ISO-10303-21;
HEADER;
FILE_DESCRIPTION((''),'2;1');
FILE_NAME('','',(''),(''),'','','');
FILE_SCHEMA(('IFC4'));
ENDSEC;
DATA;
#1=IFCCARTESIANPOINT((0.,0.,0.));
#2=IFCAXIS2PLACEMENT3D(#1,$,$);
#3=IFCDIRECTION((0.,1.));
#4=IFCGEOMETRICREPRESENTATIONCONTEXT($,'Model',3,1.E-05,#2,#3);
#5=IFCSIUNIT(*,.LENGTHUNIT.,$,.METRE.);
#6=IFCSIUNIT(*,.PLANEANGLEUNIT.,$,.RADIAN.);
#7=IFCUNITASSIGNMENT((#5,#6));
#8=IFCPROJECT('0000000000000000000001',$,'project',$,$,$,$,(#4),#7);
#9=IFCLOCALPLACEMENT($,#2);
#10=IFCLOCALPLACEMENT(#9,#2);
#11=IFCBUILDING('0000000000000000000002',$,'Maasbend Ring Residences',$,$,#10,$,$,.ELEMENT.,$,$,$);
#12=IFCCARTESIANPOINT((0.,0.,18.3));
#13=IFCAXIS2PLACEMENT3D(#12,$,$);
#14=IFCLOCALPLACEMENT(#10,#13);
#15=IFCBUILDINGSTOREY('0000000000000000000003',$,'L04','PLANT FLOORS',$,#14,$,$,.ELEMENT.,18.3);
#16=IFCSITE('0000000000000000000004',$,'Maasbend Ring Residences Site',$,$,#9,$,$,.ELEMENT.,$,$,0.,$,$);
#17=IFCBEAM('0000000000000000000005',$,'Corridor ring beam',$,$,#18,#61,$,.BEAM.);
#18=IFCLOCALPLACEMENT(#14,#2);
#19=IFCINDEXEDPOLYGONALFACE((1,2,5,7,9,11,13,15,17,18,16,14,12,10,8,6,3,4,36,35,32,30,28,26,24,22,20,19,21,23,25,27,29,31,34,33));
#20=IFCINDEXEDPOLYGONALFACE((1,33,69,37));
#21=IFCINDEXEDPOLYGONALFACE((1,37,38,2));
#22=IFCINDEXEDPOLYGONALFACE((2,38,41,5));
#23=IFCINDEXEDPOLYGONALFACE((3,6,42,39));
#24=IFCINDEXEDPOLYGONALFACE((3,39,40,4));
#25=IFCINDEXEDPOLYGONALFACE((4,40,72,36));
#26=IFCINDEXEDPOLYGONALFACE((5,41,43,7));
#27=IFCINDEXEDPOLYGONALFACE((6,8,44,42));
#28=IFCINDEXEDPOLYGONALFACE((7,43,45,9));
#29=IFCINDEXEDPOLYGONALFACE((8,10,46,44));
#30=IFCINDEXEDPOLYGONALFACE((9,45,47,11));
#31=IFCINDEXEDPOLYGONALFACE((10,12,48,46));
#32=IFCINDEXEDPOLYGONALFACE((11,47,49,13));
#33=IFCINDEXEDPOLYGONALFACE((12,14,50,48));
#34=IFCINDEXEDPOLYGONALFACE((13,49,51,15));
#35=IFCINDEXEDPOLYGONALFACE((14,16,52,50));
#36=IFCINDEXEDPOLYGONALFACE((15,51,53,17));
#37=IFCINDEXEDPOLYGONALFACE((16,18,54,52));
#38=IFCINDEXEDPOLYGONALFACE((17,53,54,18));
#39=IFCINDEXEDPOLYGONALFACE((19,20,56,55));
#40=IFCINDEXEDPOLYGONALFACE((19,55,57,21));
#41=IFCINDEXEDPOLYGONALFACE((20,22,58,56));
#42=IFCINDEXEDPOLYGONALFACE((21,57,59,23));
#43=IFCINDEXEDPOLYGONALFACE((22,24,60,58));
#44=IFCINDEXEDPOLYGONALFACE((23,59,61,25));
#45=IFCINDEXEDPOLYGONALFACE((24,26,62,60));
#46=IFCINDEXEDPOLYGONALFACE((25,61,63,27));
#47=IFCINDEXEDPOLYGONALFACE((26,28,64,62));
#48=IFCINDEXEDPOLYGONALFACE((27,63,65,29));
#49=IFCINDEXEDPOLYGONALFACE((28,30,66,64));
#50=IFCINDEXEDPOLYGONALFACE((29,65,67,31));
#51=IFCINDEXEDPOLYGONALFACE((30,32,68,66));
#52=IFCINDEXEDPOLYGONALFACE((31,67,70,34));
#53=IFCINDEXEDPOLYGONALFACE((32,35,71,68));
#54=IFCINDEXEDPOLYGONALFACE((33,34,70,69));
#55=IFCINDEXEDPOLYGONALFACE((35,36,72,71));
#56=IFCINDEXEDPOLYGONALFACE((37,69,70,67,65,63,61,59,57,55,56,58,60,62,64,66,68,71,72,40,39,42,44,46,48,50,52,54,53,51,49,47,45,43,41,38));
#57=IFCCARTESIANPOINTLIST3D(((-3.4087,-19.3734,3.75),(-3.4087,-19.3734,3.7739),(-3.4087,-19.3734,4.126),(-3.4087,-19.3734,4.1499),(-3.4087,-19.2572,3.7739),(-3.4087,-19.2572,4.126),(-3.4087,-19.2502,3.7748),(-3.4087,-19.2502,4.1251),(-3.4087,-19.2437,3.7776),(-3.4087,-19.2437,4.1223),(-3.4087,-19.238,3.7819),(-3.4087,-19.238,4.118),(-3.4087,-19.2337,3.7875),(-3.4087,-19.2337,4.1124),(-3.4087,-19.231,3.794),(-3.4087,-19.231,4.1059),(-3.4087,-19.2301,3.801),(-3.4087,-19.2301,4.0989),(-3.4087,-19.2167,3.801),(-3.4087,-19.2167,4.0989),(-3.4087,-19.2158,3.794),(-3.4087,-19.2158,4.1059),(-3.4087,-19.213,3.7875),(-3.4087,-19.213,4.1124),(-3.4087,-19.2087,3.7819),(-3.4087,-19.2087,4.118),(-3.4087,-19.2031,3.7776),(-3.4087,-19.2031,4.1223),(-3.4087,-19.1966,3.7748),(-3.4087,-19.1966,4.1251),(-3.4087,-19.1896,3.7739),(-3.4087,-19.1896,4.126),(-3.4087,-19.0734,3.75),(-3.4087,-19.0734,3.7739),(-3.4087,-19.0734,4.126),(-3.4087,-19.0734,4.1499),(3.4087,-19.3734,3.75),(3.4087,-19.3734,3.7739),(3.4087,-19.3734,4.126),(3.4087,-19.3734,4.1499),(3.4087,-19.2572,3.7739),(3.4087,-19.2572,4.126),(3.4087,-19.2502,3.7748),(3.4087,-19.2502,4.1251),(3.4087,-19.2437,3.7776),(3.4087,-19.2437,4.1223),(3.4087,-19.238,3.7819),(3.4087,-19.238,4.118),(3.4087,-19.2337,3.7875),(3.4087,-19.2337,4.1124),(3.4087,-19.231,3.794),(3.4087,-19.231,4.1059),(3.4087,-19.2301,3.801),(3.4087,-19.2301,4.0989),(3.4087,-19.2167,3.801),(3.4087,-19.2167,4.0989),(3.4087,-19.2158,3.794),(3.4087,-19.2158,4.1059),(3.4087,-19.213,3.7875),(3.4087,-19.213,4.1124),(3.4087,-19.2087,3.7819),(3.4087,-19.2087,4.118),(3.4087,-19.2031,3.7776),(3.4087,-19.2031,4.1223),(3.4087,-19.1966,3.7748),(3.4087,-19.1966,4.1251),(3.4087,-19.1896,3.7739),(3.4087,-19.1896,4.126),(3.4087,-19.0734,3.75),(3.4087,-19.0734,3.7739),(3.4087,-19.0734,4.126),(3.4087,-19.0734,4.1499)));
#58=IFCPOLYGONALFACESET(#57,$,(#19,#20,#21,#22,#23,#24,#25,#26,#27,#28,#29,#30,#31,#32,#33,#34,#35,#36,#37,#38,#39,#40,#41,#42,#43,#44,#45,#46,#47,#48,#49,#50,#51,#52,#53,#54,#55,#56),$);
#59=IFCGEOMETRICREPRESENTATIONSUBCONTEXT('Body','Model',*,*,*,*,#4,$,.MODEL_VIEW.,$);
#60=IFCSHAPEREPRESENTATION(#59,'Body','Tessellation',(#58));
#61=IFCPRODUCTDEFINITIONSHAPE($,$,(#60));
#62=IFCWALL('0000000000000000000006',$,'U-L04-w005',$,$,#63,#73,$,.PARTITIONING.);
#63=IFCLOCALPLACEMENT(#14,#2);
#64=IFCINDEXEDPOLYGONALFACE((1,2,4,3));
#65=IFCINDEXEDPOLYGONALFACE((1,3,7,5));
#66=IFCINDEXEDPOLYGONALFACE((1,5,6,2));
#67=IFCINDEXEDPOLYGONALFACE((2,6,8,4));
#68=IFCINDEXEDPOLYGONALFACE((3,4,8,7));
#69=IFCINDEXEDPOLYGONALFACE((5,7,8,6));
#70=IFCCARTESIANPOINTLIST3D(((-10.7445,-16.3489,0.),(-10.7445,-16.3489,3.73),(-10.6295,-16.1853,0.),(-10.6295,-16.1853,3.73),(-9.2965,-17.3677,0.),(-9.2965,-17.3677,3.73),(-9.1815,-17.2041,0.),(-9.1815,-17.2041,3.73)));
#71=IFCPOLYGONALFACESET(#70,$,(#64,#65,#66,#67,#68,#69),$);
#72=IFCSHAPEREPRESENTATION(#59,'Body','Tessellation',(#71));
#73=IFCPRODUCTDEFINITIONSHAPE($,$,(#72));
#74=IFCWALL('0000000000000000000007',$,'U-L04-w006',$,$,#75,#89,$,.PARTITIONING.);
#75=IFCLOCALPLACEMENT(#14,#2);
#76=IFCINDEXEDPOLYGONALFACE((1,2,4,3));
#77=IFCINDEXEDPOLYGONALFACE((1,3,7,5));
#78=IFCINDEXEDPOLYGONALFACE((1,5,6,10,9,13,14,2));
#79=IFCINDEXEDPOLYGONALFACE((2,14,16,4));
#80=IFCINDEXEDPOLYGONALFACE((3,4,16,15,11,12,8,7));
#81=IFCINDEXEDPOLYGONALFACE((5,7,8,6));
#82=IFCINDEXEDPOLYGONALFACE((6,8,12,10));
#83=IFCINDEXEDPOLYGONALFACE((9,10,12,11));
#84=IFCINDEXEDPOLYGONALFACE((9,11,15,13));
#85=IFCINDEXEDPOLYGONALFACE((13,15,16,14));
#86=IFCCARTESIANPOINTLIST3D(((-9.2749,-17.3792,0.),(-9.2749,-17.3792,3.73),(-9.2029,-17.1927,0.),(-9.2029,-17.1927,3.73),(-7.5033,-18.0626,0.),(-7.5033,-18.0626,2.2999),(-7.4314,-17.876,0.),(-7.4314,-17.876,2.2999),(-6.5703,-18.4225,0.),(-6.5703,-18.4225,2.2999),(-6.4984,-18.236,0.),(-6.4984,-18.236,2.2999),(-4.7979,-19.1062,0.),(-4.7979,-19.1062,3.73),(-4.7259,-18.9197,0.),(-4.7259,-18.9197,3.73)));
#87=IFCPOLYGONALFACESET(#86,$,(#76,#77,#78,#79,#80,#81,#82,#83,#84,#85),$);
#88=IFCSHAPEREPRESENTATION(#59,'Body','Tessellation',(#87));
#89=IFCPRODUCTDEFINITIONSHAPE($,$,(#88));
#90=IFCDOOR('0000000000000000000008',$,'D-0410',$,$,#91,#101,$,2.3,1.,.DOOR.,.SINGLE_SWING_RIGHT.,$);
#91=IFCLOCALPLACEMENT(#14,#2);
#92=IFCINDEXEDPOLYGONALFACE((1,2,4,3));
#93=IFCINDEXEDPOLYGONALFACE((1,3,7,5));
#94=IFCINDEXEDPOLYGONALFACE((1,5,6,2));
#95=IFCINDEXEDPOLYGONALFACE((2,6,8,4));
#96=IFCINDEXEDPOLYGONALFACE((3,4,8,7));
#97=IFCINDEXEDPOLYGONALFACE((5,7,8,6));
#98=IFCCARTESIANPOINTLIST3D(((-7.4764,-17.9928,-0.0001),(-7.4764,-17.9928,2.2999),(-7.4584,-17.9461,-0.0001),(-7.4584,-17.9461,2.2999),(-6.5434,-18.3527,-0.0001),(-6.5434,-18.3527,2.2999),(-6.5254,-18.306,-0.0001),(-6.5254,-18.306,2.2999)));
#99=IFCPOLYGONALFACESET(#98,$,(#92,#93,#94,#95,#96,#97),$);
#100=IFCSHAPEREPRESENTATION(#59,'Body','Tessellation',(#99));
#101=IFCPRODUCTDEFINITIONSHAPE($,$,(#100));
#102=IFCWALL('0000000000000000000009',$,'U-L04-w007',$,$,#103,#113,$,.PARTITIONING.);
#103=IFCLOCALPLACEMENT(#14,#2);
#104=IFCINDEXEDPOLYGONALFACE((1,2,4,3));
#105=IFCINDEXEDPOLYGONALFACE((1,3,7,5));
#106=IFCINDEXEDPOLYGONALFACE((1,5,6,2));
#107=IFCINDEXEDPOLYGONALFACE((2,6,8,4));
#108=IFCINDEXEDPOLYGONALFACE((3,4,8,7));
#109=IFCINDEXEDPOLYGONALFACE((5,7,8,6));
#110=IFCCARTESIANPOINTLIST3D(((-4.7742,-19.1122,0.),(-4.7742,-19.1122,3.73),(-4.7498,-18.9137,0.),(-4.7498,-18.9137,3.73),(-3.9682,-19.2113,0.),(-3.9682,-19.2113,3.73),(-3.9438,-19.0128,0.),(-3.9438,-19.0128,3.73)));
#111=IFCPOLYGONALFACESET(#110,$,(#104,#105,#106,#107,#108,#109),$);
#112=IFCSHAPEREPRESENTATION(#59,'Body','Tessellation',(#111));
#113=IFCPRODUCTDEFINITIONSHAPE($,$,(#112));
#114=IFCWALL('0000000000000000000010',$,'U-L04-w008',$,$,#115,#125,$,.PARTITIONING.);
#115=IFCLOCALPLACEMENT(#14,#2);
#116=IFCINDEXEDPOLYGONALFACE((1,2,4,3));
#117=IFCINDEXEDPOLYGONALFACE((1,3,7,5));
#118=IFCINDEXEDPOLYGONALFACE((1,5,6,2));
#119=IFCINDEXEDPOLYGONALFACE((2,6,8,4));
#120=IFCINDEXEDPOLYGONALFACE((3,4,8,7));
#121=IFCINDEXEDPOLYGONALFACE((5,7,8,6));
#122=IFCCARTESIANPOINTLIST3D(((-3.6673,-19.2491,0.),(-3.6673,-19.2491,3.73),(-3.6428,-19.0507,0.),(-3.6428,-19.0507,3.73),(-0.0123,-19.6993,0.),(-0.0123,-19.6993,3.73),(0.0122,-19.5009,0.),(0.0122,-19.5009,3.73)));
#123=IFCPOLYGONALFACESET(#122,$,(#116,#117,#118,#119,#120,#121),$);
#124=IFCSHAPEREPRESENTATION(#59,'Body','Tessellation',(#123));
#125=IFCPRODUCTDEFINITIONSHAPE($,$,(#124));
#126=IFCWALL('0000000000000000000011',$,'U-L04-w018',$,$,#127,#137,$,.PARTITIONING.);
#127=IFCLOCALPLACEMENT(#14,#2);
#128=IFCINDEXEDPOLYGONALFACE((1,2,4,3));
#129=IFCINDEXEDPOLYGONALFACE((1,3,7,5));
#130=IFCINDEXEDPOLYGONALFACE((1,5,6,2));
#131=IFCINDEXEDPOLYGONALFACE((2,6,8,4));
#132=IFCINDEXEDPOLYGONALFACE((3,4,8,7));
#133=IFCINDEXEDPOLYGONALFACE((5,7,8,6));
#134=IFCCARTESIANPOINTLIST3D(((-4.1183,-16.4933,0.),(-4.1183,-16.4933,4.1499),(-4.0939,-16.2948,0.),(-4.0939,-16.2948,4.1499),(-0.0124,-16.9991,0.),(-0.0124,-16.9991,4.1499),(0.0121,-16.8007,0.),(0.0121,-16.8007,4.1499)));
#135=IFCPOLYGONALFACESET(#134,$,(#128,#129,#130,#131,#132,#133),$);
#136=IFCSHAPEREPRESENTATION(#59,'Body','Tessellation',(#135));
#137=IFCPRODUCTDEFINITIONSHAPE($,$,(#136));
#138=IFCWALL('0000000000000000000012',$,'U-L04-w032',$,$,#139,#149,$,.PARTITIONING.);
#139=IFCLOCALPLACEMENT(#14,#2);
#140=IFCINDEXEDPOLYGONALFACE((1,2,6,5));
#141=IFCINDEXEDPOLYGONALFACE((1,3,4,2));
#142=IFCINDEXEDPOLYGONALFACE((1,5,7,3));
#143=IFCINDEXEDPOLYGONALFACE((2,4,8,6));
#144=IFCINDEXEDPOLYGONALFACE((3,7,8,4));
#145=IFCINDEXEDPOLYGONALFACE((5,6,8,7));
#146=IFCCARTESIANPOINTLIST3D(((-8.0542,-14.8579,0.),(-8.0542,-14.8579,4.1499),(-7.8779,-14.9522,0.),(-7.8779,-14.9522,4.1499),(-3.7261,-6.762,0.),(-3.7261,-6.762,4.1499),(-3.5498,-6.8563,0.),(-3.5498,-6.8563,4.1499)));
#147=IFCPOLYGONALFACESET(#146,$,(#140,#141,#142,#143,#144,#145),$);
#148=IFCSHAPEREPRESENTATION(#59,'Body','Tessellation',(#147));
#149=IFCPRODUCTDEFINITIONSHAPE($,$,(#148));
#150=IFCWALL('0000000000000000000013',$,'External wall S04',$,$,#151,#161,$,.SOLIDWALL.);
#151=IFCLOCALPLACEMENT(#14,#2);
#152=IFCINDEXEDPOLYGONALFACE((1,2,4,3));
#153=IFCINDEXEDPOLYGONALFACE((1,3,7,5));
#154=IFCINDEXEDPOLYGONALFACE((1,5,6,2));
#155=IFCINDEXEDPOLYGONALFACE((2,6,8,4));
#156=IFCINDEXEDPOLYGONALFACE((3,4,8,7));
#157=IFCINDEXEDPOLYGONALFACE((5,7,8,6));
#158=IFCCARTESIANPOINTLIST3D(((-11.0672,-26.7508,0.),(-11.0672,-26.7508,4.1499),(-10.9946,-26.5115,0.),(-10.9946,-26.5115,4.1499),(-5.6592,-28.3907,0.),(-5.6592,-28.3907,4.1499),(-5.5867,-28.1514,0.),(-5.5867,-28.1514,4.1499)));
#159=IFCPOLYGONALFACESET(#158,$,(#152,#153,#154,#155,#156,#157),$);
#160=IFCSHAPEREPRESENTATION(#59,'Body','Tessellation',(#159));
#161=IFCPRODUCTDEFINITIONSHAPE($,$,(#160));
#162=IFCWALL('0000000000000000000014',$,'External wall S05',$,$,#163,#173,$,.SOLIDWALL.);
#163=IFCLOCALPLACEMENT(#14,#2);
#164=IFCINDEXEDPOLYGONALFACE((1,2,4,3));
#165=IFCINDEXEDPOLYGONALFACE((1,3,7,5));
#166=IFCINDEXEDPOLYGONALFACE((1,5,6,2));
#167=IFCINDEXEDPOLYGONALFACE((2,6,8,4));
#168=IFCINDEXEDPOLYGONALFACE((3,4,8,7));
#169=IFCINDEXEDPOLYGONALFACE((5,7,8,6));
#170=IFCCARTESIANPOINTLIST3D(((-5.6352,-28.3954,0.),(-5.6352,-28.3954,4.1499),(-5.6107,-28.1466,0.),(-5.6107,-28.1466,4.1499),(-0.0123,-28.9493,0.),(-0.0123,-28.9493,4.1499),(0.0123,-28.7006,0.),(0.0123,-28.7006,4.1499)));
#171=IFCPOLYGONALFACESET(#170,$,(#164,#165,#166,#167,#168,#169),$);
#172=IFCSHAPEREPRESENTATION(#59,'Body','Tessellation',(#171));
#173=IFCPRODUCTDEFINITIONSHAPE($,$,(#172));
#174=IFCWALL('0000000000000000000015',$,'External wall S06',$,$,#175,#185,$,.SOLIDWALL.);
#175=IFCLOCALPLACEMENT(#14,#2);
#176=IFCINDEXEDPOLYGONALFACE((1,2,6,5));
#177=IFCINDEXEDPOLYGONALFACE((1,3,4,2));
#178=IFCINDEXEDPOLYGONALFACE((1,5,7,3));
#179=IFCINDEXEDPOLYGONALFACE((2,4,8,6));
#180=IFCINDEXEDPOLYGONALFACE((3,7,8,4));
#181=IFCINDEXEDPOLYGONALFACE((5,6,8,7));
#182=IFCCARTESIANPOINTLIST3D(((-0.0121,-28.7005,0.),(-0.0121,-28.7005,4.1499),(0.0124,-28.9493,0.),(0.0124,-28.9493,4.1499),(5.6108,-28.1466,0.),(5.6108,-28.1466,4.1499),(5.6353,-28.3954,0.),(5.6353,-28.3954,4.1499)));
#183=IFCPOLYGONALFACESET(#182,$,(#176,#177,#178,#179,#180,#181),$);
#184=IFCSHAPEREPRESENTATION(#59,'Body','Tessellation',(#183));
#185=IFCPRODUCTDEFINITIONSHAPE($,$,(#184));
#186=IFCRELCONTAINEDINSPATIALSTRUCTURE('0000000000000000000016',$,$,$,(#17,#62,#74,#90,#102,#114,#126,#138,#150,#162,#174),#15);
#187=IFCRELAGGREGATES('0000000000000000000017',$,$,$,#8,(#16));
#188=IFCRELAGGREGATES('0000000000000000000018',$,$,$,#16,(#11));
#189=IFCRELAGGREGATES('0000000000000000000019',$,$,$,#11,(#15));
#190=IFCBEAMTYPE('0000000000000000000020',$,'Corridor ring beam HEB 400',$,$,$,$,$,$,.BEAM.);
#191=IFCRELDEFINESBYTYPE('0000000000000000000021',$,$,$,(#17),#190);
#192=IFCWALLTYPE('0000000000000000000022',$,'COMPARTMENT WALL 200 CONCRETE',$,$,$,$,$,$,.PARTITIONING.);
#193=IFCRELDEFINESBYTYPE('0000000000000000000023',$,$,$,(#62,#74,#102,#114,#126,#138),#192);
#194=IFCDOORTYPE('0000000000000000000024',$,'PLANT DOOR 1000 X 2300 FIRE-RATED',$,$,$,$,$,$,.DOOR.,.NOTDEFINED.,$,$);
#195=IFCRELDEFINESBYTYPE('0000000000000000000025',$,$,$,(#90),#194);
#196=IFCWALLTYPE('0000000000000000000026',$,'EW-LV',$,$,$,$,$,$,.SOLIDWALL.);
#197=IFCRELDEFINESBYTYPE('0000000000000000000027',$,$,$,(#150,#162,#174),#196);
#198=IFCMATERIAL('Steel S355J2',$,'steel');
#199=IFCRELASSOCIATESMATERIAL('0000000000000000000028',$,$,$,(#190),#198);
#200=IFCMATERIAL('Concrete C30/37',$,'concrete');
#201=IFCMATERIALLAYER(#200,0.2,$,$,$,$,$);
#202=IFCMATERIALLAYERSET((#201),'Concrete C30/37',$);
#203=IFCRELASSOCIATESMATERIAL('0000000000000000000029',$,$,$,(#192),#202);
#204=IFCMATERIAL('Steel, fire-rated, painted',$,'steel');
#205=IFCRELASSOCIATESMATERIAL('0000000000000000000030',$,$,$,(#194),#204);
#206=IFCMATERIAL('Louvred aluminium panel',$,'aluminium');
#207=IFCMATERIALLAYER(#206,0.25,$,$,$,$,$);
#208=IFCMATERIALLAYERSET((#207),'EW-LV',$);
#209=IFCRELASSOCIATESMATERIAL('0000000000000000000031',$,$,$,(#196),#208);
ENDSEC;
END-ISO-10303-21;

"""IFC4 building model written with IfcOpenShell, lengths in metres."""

from ifc_helpers import new_model, si_unit, direction, frame, frame_2d, origin, origin_2d, place, context, subcontext, project, spatial, rectangle, i_section, extrude, material, layer, layer_set, material_profile, profile_set, type_object, element, fill, save


model = new_model("IFC4")

# Units and contexts
model_context = context("Model", 3, precision=1e-05, world=origin(), true_north=direction((0.0, 1.0)))
body_context = subcontext(model_context, "Body", "Model", "MODEL_VIEW")
ifc_project = project(units=[si_unit("LENGTHUNIT", "METRE"), si_unit("PLANEANGLEUNIT", "RADIAN")], contexts=[model_context])

# Site, building, storey
site_placement = place(None, origin())
site = spatial("IfcSite", under=ifc_project, at=site_placement, Name="Maasbend Ring Residences Site", CompositionType="ELEMENT", RefElevation=0.0)
building_placement = place(site_placement, origin())
building = spatial("IfcBuilding", under=site, at=building_placement, Name="Maasbend Ring Residences", CompositionType="ELEMENT")
storey_placement = place(building_placement, frame((0.0, 0.0, 18.3)))
storey = spatial("IfcBuildingStorey", under=building, at=storey_placement, Name="L04", Description="PLANT FLOORS", CompositionType="ELEMENT", Elevation=18.3)

# Beam
ifc_material_1 = material(Name="Steel S355J2", Category="steel")
ifc_material_profile_1 = material_profile(ifc_material_1, i_section(OverallWidth=0.3, OverallDepth=0.3999, WebThickness=0.0134, FlangeThickness=0.0239, FilletRadius=0.0271, at=origin_2d()), Name="HEB 400")
ifc_profile_set_1 = profile_set([ifc_material_profile_1], Name="Steel S355J2")
beam_type_1 = type_object("IfcBeamType", Name="Corridor ring beam HEB 400", PredefinedType="BEAM", material=ifc_profile_set_1)
beam_1_placement = place(storey_placement, frame((-3.4087, -19.2234, 3.95), z_axis=(1.0, 0.0, 0.0), x_axis=(0.0, 1.0, 0.0)))
element("IfcBeam", 1, at=beam_1_placement, inside=storey, type_object=beam_type_1, Name="Corridor ring beam", PredefinedType="BEAM", context=body_context, shape_type="SweptSolid", body=[
    extrude(i_section(OverallWidth=0.3, OverallDepth=0.3999, WebThickness=0.0134, FlangeThickness=0.0239, FilletRadius=0.0271, at=origin_2d()), origin(), (0.0, 0.0, 1.0), 6.8174),
])

# Wall
ifc_material_2 = material(Name="Concrete C30/37", Category="concrete")
ifc_layer_1 = layer(ifc_material_2, 0.2)
ifc_layer_set_1 = layer_set([ifc_layer_1], Name="Concrete C30/37")
wall_type_1 = type_object("IfcWallType", Name="COMPARTMENT WALL 200 CONCRETE", PredefinedType="PARTITIONING", material=ifc_layer_set_1)
wall_1_placement = place(storey_placement, frame((-10.687, -16.2671, 0.0), z_axis=(0.0, 0.0, 1.0), x_axis=(0.81785, -0.575432, 0.0)))
element("IfcWall", 2, at=wall_1_placement, inside=storey, type_object=wall_type_1, Name="U-L04-w005", PredefinedType="PARTITIONING", context=body_context, shape_type="SweptSolid", body=[
    extrude(rectangle(XDim=1.7705, YDim=0.2, at=frame_2d((0.8853, 0.0))), origin(), (0.0, 0.0, 1.0), 3.73),
])

# Wall, opening, door
wall_2_placement = place(storey_placement, frame((-9.239, -17.2859, 0.0), z_axis=(0.0, 0.0, 1.0), x_axis=(0.932988, -0.359906, 0.0)))
wall_2 = element("IfcWall", 3, at=wall_2_placement, inside=storey, type_object=wall_type_1, Name="U-L04-w006", PredefinedType="PARTITIONING", context=body_context, shape_type="SweptSolid", body=[
    extrude(rectangle(XDim=4.7986, YDim=0.2, at=frame_2d((2.3994, 0.0))), origin(), (0.0, 0.0, 1.0), 3.73),
])
opening_placement = place(wall_2_placement, frame((1.8989, 0.0, 0.0)))
opening = element("IfcOpeningElement", 4, at=opening_placement, cuts=wall_2, PredefinedType="OPENING", context=body_context, shape_type="SweptSolid", body=[
    extrude(rectangle(XDim=1.0, YDim=2.3, at=frame_2d((0.5, 1.1499))), frame((0.0, 0.1099, 0.0), z_axis=(0.0, -1.0, 0.0), x_axis=(1.0, 0.0, 0.0)), (0.0, 0.0, 1.0), 0.22),
])
ifc_material_3 = material(Name="Steel, fire-rated, painted", Category="steel")
door_type = type_object("IfcDoorType", Name="PLANT DOOR 1000 X 2300 FIRE-RATED", OperationType="NOTDEFINED", PredefinedType="DOOR", material=ifc_material_3)
door_placement = place(opening_placement, origin())
door = element("IfcDoor", 5, at=door_placement, inside=storey, type_object=door_type, Name="D-0410", OperationType="SINGLE_SWING_RIGHT", OverallHeight=2.3, OverallWidth=1.0, PredefinedType="DOOR", context=body_context, shape_type="SweptSolid", body=[
    extrude(rectangle(XDim=1.0, YDim=2.3, at=frame_2d((0.5, 1.1499))), frame((0.0, 0.0249, 0.0), z_axis=(0.0, -1.0, 0.0), x_axis=(1.0, 0.0, 0.0)), (0.0, 0.0, 1.0), 0.05),
])
fill(opening, door)

# Walls
wall_3_placement = place(storey_placement, frame((-4.762, -19.0129, 0.0), z_axis=(0.0, 0.0, 1.0), x_axis=(0.992521, -0.122073, 0.0)))
element("IfcWall", 6, at=wall_3_placement, inside=storey, type_object=wall_type_1, Name="U-L04-w007", PredefinedType="PARTITIONING", context=body_context, shape_type="SweptSolid", body=[
    extrude(rectangle(XDim=0.812, YDim=0.2, at=frame_2d((0.406, 0.0))), origin(), (0.0, 0.0, 1.0), 3.73),
])
wall_4_placement = place(storey_placement, frame((-3.655, -19.1499, 0.0), z_axis=(0.0, 0.0, 1.0), x_axis=(0.9925, -0.122248, 0.0)))
element("IfcWall", 7, at=wall_4_placement, inside=storey, type_object=wall_type_1, Name="U-L04-w008", PredefinedType="PARTITIONING", context=body_context, shape_type="SweptSolid", body=[
    extrude(rectangle(XDim=3.6826, YDim=0.2, at=frame_2d((1.8413, 0.0))), origin(), (0.0, 0.0, 1.0), 3.73),
])
wall_5_placement = place(storey_placement, frame((-4.106, -16.394, 0.0), z_axis=(0.0, 0.0, 1.0), x_axis=(0.992496, -0.122277, 0.0)))
element("IfcWall", 8, at=wall_5_placement, inside=storey, type_object=wall_type_1, Name="U-L04-w018", PredefinedType="PARTITIONING", context=body_context, shape_type="SweptSolid", body=[
    extrude(rectangle(XDim=4.137, YDim=0.2, at=frame_2d((2.0684, 0.0))), origin(), (0.0, 0.0, 1.0), 4.1499),
])
wall_6_placement = place(storey_placement, frame((-7.9661, -14.905, 0.0), z_axis=(0.0, 0.0, 1.0), x_axis=(0.47146, 0.881887, 0.0)))
element("IfcWall", 9, at=wall_6_placement, inside=storey, type_object=wall_type_1, Name="U-L04-w032", PredefinedType="PARTITIONING", context=body_context, shape_type="SweptSolid", body=[
    extrude(rectangle(XDim=9.1802, YDim=0.2, at=frame_2d((4.5901, 0.0))), origin(), (0.0, 0.0, 1.0), 4.1499),
])
ifc_material_4 = material(Name="Louvred aluminium panel", Category="aluminium")
ifc_layer_2 = layer(ifc_material_4, 0.25)
ifc_layer_set_2 = layer_set([ifc_layer_2], Name="EW-LV")
wall_type_2 = type_object("IfcWallType", Name="EW-LV", PredefinedType="SOLIDWALL", material=ifc_layer_set_2)
wall_7_placement = place(storey_placement, frame((-11.031, -26.6311, 0.0), z_axis=(0.0, 0.0, 1.0), x_axis=(0.95697, -0.290188, 0.0)))
element("IfcWall", 10, at=wall_7_placement, inside=storey, type_object=wall_type_2, Name="External wall S04", PredefinedType="SOLIDWALL", context=body_context, shape_type="SweptSolid", body=[
    extrude(rectangle(XDim=5.6511, YDim=0.25, at=frame_2d((2.8257, 0.0))), origin(), (0.0, 0.0, 1.0), 4.1499),
])
for number, where, z_axis, x_axis, name in (
    (11, (-5.623, -28.271, 0.0), (0.0, 0.0, 1.0), (0.995182, -0.098041, 0.0), "External wall S05"),
    (12, (0.0, -28.825, 0.0), (0.0, 0.0, 1.0), (0.995182, 0.098041, 0.0), "External wall S06"),
):
    element("IfcWall", number, at=place(storey_placement, frame(where, z_axis=z_axis, x_axis=x_axis)), inside=storey, type_object=wall_type_2, Name=name, PredefinedType="SOLIDWALL", context=body_context, shape_type="SweptSolid", body=[
        extrude(rectangle(XDim=5.6501, YDim=0.25, at=frame_2d((2.8252, 0.0))), origin(), (0.0, 0.0, 1.0), 4.1499),
    ])

save(model, "model.ifc")
